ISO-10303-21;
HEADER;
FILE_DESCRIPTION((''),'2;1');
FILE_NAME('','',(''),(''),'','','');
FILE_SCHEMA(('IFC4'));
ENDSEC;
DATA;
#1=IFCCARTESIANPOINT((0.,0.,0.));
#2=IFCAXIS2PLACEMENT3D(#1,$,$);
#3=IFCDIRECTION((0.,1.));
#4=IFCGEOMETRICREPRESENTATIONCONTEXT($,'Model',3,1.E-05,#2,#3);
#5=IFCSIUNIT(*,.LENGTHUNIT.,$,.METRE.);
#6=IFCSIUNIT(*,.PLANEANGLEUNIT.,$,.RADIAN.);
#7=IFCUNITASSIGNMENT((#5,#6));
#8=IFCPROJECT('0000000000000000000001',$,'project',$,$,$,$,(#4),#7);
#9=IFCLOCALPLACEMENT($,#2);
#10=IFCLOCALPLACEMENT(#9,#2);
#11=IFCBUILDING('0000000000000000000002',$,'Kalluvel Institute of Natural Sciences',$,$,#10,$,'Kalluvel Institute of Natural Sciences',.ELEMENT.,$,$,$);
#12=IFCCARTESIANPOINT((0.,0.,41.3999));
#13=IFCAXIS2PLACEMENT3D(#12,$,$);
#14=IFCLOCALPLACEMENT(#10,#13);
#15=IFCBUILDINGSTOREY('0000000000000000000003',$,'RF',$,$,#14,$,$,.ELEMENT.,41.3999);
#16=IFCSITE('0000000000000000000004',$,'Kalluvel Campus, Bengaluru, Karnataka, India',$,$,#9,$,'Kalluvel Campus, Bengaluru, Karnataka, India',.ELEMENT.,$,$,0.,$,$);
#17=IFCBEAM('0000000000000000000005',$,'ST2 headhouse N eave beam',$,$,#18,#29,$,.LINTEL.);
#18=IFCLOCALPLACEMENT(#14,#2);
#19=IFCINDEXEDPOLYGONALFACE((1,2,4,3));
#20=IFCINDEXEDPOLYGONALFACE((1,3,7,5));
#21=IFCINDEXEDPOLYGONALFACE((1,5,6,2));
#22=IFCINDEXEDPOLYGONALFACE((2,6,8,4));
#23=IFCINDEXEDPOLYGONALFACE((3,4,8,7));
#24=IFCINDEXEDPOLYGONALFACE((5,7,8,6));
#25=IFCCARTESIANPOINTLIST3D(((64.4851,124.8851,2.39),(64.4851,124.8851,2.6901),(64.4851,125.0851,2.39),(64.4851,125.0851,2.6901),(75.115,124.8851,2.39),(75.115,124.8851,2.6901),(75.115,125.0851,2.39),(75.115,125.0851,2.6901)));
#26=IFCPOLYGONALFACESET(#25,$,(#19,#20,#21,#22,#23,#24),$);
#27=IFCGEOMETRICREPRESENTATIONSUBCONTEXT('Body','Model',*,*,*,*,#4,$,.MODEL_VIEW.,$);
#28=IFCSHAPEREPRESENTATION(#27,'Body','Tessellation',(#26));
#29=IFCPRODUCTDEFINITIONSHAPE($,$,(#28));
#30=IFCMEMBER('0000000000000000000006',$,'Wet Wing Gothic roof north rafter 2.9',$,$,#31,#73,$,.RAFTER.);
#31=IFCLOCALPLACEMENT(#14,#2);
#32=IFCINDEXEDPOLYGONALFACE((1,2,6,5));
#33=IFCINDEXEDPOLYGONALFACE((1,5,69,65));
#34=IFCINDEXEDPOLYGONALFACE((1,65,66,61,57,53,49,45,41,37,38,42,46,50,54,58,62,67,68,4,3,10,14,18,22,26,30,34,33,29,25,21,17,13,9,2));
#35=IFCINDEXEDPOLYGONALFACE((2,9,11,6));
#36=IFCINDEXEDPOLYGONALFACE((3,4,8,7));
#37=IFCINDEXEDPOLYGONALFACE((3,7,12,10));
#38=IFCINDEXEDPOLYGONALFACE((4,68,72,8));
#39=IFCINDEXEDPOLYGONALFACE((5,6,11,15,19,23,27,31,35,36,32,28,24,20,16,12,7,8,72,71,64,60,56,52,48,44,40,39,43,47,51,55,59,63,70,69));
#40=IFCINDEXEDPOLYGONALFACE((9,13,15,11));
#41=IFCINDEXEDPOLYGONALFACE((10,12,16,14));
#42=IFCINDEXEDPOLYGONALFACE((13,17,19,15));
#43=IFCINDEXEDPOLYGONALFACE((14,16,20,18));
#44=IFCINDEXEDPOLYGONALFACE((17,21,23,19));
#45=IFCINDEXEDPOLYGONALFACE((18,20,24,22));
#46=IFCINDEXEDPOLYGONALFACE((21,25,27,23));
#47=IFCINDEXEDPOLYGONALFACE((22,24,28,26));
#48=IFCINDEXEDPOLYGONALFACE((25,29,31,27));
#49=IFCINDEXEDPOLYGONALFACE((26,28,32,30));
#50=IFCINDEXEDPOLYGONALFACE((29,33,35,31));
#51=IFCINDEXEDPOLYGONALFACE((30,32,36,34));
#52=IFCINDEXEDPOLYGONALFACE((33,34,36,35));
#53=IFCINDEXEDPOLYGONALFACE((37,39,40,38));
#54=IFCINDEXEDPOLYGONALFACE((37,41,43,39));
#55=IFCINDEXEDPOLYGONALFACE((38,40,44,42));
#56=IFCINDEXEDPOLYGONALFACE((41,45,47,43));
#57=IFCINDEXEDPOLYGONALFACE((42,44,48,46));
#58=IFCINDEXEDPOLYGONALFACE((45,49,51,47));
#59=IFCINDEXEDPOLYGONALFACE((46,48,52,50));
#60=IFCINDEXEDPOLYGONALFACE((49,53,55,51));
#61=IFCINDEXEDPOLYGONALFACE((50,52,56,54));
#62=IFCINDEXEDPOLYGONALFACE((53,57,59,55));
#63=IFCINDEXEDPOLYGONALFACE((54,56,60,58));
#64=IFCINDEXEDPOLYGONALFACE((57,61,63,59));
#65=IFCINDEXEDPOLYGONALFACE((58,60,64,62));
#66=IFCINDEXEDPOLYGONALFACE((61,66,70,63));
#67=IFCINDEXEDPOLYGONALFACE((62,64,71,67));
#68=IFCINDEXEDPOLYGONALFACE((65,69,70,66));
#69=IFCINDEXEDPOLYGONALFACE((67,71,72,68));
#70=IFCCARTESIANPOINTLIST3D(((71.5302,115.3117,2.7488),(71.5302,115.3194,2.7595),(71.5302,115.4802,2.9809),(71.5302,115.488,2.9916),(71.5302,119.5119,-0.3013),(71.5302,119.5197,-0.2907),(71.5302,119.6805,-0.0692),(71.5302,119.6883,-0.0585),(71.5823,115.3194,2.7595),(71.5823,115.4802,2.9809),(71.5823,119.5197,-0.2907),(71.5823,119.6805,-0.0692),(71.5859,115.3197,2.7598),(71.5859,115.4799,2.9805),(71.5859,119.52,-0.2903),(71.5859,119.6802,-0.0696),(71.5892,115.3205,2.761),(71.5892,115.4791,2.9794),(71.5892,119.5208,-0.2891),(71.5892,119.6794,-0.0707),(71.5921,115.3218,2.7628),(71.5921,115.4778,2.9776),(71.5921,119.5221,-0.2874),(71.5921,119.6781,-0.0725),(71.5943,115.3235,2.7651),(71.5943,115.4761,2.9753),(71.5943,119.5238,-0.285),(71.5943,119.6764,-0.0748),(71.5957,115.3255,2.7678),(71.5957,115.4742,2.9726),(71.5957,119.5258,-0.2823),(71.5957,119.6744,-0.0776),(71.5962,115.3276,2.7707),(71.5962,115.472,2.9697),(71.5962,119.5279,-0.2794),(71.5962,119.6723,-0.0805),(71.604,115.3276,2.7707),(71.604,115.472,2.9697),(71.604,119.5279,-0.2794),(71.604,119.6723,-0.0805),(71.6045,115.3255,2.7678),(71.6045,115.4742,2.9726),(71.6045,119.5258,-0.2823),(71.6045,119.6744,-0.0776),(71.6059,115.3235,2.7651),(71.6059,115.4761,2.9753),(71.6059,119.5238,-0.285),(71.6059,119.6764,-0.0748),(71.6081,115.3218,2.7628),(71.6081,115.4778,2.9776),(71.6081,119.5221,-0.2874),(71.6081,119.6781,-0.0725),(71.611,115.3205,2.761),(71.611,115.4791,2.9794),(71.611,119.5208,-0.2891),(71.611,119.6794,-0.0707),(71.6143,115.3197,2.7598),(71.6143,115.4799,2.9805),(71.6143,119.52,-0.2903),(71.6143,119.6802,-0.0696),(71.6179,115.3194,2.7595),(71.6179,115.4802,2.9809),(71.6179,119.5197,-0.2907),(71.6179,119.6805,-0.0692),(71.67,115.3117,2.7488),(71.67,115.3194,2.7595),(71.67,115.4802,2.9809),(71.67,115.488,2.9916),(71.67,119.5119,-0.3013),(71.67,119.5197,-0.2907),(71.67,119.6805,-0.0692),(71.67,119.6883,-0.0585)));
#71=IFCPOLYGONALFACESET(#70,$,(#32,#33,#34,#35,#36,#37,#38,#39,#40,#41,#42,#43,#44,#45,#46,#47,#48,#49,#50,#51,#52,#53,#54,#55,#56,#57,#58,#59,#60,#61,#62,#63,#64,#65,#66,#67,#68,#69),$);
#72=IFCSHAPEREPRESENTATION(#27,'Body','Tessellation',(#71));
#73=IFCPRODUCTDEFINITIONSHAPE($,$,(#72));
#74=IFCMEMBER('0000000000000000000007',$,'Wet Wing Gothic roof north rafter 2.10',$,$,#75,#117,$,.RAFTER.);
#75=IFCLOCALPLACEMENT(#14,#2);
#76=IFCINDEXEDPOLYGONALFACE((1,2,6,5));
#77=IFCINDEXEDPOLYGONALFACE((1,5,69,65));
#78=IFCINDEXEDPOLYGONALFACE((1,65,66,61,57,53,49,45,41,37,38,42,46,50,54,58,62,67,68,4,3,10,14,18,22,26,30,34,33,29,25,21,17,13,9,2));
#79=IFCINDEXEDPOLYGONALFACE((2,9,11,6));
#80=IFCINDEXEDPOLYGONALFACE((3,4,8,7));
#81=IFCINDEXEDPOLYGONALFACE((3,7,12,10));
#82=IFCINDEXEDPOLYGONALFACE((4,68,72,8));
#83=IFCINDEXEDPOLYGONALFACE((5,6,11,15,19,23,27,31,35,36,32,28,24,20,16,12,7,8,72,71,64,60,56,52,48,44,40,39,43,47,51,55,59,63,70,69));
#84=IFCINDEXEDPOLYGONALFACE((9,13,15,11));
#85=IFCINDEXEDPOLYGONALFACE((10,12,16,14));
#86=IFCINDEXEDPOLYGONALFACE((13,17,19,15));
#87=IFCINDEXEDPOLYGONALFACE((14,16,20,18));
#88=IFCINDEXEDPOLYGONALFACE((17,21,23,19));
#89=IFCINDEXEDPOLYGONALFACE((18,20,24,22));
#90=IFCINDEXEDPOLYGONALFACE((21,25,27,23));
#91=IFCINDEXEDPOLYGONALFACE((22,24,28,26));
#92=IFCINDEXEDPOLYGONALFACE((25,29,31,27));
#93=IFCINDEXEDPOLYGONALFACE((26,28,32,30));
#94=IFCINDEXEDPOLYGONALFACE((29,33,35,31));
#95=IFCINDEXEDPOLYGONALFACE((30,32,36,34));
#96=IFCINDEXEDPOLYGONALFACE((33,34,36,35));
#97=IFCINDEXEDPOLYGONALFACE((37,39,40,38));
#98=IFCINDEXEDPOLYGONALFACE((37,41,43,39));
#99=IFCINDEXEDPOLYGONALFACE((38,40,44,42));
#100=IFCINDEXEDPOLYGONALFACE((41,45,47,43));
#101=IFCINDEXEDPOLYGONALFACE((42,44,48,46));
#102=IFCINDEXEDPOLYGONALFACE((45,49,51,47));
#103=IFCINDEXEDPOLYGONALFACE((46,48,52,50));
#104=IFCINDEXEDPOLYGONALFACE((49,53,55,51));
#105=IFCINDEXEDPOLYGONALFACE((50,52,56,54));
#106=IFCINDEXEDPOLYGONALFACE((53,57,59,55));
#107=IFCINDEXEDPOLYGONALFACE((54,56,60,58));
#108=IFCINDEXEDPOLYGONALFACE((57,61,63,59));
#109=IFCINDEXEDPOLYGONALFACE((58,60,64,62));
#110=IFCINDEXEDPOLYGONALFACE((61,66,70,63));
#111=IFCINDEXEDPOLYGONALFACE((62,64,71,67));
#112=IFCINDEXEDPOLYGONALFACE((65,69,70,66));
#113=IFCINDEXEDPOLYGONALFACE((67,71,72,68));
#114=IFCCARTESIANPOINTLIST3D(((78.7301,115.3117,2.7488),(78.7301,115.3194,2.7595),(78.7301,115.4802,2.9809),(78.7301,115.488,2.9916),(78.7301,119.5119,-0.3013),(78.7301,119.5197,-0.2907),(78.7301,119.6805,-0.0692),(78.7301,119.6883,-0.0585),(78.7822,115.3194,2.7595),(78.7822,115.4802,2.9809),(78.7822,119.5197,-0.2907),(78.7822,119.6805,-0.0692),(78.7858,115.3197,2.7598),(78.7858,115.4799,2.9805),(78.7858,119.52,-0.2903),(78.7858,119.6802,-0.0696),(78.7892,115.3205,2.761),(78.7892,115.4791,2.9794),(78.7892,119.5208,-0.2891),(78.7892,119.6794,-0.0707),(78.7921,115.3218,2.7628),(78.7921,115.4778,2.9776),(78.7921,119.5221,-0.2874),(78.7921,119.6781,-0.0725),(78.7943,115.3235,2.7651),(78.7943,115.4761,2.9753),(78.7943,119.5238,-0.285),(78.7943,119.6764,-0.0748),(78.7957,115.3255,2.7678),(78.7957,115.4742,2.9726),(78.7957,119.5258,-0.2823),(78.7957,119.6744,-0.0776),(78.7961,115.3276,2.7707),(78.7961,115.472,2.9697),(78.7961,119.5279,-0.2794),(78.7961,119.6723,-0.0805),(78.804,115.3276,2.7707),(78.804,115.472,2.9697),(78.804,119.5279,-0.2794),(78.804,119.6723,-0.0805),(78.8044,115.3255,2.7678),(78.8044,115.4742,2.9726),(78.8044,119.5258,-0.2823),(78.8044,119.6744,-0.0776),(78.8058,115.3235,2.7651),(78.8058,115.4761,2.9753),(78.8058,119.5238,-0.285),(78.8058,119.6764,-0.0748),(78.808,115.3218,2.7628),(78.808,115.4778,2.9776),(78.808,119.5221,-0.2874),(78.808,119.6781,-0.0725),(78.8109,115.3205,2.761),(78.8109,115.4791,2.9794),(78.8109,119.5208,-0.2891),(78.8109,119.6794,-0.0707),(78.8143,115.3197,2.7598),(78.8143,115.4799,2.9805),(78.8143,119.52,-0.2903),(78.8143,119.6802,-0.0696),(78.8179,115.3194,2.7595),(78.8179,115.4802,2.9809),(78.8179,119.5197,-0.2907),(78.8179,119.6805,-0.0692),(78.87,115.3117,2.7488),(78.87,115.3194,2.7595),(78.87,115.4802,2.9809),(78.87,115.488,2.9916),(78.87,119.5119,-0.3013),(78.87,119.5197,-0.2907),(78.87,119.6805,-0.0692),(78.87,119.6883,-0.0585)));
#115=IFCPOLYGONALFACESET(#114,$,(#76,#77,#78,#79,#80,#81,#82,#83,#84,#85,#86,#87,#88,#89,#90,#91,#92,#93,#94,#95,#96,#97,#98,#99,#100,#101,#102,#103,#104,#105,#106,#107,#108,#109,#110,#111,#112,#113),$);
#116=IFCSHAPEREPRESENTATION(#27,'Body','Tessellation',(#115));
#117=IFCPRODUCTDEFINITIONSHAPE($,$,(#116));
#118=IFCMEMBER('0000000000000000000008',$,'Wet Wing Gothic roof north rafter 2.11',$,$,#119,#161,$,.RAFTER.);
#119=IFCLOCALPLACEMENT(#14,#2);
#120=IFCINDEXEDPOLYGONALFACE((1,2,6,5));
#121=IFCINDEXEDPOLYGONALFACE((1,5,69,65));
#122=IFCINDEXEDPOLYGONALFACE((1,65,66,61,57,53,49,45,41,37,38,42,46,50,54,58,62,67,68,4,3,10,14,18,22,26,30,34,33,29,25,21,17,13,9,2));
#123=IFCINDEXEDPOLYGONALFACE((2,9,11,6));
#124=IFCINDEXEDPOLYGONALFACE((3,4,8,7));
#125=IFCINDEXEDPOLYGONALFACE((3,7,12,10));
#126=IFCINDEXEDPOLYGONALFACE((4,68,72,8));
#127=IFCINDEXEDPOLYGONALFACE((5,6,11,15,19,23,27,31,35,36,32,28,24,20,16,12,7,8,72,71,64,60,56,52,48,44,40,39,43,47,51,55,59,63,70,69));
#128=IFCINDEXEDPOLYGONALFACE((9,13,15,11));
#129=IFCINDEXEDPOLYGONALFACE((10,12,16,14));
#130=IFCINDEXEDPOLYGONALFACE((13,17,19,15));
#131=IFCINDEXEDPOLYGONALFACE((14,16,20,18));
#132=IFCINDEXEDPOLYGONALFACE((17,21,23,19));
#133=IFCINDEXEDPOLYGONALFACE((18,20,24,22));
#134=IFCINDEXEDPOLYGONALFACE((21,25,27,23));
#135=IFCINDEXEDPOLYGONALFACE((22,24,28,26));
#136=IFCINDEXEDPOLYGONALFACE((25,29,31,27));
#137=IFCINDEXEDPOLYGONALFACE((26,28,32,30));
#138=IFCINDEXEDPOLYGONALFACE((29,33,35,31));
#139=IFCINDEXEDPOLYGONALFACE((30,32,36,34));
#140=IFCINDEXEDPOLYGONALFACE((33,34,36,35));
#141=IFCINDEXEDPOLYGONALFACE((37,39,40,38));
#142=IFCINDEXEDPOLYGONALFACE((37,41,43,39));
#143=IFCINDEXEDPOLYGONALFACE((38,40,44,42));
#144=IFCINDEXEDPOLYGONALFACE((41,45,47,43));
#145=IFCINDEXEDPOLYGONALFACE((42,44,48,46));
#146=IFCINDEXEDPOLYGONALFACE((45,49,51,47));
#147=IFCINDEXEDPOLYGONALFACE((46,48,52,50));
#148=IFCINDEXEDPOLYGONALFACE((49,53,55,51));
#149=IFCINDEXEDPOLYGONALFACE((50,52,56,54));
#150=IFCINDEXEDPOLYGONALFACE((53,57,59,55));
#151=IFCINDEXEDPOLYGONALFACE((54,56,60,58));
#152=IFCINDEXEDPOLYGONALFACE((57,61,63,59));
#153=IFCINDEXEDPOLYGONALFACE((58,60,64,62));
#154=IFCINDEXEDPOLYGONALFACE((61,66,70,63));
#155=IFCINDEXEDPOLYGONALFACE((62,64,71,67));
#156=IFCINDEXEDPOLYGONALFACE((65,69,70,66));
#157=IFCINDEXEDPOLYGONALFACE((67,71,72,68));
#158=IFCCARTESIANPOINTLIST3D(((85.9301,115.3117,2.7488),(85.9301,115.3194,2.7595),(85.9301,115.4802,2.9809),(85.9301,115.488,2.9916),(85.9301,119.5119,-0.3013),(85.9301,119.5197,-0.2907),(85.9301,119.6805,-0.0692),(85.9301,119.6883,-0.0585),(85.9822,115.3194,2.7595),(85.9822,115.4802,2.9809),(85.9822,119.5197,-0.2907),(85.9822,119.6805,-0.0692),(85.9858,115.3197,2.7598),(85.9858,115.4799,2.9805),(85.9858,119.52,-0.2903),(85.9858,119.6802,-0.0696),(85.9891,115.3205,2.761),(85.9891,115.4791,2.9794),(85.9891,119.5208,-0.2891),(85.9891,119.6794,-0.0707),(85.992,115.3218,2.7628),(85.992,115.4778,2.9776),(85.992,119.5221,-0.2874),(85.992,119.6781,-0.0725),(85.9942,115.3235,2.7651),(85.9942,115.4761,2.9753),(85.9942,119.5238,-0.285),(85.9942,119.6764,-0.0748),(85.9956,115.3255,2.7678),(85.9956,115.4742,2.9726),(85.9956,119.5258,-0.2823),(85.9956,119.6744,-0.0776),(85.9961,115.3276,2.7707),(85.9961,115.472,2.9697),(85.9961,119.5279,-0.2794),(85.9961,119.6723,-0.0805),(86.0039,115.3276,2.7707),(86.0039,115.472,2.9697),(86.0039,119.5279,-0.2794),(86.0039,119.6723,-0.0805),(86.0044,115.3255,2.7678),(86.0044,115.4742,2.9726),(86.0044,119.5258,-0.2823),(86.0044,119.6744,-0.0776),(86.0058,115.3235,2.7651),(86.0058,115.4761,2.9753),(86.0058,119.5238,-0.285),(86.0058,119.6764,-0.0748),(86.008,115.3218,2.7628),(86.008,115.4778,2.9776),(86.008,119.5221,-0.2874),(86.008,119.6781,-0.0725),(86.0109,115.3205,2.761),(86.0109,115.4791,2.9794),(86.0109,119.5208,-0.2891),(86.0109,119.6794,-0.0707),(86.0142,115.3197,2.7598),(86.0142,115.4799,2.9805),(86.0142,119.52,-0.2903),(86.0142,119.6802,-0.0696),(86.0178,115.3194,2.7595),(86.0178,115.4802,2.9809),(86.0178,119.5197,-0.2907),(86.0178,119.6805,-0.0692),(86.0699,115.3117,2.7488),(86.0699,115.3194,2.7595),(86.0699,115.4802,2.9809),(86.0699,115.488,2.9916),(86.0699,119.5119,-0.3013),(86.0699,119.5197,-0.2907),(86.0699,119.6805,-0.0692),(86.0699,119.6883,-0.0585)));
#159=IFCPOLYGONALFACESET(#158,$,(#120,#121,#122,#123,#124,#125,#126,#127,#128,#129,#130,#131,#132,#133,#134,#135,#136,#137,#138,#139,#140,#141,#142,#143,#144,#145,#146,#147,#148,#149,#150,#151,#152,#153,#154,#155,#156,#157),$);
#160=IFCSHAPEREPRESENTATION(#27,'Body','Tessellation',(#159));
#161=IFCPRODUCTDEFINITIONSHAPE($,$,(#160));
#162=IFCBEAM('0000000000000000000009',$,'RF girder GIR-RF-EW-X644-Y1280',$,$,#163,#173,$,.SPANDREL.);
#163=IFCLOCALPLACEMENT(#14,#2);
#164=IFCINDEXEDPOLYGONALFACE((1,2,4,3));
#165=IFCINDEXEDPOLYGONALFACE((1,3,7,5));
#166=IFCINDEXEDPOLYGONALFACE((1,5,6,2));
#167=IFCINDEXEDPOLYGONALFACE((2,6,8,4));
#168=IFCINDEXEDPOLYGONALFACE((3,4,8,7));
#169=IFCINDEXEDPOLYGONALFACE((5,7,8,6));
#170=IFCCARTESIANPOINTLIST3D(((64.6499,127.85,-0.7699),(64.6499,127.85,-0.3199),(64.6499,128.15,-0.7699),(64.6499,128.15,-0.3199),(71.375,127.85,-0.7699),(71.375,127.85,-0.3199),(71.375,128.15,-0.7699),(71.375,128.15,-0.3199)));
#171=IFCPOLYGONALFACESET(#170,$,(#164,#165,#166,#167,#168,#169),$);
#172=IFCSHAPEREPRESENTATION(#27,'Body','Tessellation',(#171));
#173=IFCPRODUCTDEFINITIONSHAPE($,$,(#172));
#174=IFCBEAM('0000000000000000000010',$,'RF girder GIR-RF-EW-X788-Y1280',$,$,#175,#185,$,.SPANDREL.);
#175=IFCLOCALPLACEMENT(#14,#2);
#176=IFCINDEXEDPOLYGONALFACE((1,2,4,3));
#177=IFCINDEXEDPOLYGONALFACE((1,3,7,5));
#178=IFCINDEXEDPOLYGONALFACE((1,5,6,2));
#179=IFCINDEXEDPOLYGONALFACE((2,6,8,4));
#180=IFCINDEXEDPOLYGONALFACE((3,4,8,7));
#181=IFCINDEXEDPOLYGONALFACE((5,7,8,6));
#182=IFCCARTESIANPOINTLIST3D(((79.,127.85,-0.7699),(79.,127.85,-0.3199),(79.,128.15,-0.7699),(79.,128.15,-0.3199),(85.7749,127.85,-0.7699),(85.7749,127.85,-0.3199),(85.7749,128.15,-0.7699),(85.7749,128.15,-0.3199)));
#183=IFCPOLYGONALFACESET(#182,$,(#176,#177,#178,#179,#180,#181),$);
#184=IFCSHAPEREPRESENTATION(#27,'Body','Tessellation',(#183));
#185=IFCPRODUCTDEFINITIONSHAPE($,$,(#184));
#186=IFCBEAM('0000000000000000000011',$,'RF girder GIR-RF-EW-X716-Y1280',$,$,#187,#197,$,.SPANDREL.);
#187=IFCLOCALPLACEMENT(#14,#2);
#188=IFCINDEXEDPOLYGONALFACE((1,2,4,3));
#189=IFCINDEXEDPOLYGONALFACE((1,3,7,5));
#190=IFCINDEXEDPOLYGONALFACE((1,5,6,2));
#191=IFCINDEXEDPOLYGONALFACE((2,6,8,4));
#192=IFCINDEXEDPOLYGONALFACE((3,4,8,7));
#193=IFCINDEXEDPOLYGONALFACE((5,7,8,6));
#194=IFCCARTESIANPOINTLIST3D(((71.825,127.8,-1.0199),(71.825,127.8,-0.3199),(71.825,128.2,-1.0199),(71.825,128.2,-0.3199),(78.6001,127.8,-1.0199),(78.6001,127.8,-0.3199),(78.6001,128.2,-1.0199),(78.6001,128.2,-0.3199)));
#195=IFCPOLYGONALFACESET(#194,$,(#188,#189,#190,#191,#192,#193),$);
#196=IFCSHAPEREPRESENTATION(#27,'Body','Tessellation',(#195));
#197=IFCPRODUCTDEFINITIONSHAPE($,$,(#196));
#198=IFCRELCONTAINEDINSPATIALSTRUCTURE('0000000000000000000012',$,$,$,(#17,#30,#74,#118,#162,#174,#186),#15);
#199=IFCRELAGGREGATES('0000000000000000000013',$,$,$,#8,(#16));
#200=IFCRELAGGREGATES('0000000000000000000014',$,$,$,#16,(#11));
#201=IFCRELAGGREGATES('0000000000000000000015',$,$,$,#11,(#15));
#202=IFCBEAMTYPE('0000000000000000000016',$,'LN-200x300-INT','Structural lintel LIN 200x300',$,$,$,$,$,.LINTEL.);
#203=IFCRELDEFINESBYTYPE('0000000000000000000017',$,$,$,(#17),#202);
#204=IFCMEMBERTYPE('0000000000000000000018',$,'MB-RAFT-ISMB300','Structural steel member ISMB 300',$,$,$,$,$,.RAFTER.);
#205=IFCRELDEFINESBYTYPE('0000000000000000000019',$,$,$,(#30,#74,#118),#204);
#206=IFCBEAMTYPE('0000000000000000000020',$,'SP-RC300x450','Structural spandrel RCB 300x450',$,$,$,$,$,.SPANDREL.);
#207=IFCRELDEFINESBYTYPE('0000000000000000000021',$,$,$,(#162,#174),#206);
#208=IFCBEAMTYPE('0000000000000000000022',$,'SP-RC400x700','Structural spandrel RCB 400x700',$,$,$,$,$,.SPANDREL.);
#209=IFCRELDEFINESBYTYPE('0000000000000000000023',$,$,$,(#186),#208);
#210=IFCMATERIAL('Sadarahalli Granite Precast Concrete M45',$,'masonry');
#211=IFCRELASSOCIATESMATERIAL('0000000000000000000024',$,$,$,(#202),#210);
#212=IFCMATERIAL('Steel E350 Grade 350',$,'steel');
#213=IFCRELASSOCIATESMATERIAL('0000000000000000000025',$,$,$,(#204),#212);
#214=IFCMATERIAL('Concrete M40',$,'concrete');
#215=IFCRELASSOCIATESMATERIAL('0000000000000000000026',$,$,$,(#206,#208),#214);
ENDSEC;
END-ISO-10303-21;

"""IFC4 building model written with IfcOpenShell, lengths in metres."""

from ifc_helpers import new_model, si_unit, direction, frame, origin, origin_2d, place, context, subcontext, project, spatial, rectangle, i_section, extrude, material, material_profile, profile_set, type_object, element, save


model = new_model("IFC4")

# Units and contexts
model_context = context("Model", 3, precision=1e-05, world=origin(), true_north=direction((0.0, 1.0)))
body_context = subcontext(model_context, "Body", "Model", "MODEL_VIEW")
ifc_project = project(units=[si_unit("LENGTHUNIT", "METRE"), si_unit("PLANEANGLEUNIT", "RADIAN")], contexts=[model_context])

# Site, building, storey
site_placement = place(None, origin())
site = spatial("IfcSite", under=ifc_project, at=site_placement, Name="Kalluvel Campus, Bengaluru, Karnataka, India", LongName="Kalluvel Campus, Bengaluru, Karnataka, India", CompositionType="ELEMENT", RefElevation=0.0)
building_placement = place(site_placement, origin())
building = spatial("IfcBuilding", under=site, at=building_placement, Name="Kalluvel Institute of Natural Sciences", LongName="Kalluvel Institute of Natural Sciences", CompositionType="ELEMENT")
storey_placement = place(building_placement, frame((0.0, 0.0, 41.3999)))
storey = spatial("IfcBuildingStorey", under=building, at=storey_placement, Name="RF", CompositionType="ELEMENT", Elevation=41.3999)

# Beam
ifc_material_1 = material(Name="Steel E350 Grade 350", Category="steel")
ifc_material_2 = material(Name="Concrete M40", Category="concrete")
ifc_material_3 = material(Name="Sadarahalli Granite Precast Concrete M45", Category="masonry")
ifc_material_profile_1 = material_profile(ifc_material_3, rectangle(XDim=0.2, YDim=0.3, at=origin_2d()), Name="LIN 200x300")
ifc_profile_set_1 = profile_set([ifc_material_profile_1], Name="Sadarahalli Granite Precast Concrete M45")
beam_type_1 = type_object("IfcBeamType", Name="LN-200x300-INT", Description="Structural lintel LIN 200x300", PredefinedType="LINTEL", material=ifc_profile_set_1)
beam_1_placement = place(storey_placement, frame((64.4851, 124.9851, 2.54), z_axis=(1.0, 0.0, 0.0), x_axis=(0.0, 1.0, 0.0)))
element("IfcBeam", 1, at=beam_1_placement, inside=storey, type_object=beam_type_1, Name="ST2 headhouse N eave beam", PredefinedType="LINTEL", context=body_context, shape_type="SweptSolid", body=[
    extrude(rectangle(XDim=0.2, YDim=0.3, at=origin_2d()), origin(), (0.0, 0.0, 1.0), 10.6299),
])

# Members
ifc_material_profile_2 = material_profile(ifc_material_1, i_section(OverallWidth=0.1399, OverallDepth=0.3, WebThickness=0.0078, FlangeThickness=0.0132, FilletRadius=0.0139, at=origin_2d()), Name="ISMB 300")
ifc_profile_set_2 = profile_set([ifc_material_profile_2], Name="Steel E350 Grade 350")
member_type = type_object("IfcMemberType", Name="MB-RAFT-ISMB300", Description="Structural steel member ISMB 300", PredefinedType="RAFTER", material=ifc_profile_set_2)
for number, where, z_axis, x_axis, name in (
    (2, (71.6001, 119.6001, -0.1799), (0.0, -0.809161, 0.587587), (1.0, 0.0, 0.0), "Wet Wing Gothic roof north rafter 2.9"),
    (3, (78.8, 119.6001, -0.1799), (0.0, -0.809161, 0.587587), (1.0, 0.0, 0.0), "Wet Wing Gothic roof north rafter 2.10"),
    (4, (86.0, 119.6001, -0.1799), (0.0, -0.809161, 0.587587), (1.0, 0.0, 0.0), "Wet Wing Gothic roof north rafter 2.11"),
):
    element("IfcMember", number, at=place(storey_placement, frame(where, z_axis=z_axis, x_axis=x_axis)), inside=storey, type_object=member_type, Name=name, PredefinedType="RAFTER", context=body_context, shape_type="SweptSolid", body=[
        extrude(i_section(OverallWidth=0.1399, OverallDepth=0.3, WebThickness=0.0078, FlangeThickness=0.0132, FilletRadius=0.0139, at=origin_2d()), origin(), (0.0, 0.0, 1.0), 5.1909),
    ])

# Beams
ifc_material_profile_3 = material_profile(ifc_material_2, rectangle(XDim=0.3, YDim=0.45, at=origin_2d()), Name="RCB 300x450")
ifc_profile_set_3 = profile_set([ifc_material_profile_3], Name="Concrete M40")
beam_type_2 = type_object("IfcBeamType", Name="SP-RC300x450", Description="Structural spandrel RCB 300x450", PredefinedType="SPANDREL", material=ifc_profile_set_3)
beam_2_placement = place(storey_placement, frame((64.6499, 128.0, -0.5449), z_axis=(1.0, 0.0, 0.0), x_axis=(0.0, 1.0, 0.0)))
element("IfcBeam", 5, at=beam_2_placement, inside=storey, type_object=beam_type_2, Name="RF girder GIR-RF-EW-X644-Y1280", PredefinedType="SPANDREL", context=body_context, shape_type="SweptSolid", body=[
    extrude(rectangle(XDim=0.3, YDim=0.45, at=origin_2d()), origin(), (0.0, 0.0, 1.0), 6.7251),
])
beam_3_placement = place(storey_placement, frame((79.0, 128.0, -0.5449), z_axis=(1.0, 0.0, 0.0), x_axis=(0.0, 1.0, 0.0)))
element("IfcBeam", 6, at=beam_3_placement, inside=storey, type_object=beam_type_2, Name="RF girder GIR-RF-EW-X788-Y1280", PredefinedType="SPANDREL", context=body_context, shape_type="SweptSolid", body=[
    extrude(rectangle(XDim=0.3, YDim=0.45, at=origin_2d()), origin(), (0.0, 0.0, 1.0), 6.7749),
])
ifc_material_profile_4 = material_profile(ifc_material_2, rectangle(XDim=0.3999, YDim=0.7, at=origin_2d()), Name="RCB 400x700")
ifc_profile_set_4 = profile_set([ifc_material_profile_4], Name="Concrete M40")
beam_type_3 = type_object("IfcBeamType", Name="SP-RC400x700", Description="Structural spandrel RCB 400x700", PredefinedType="SPANDREL", material=ifc_profile_set_4)
beam_4_placement = place(storey_placement, frame((71.825, 128.0, -0.6699), z_axis=(1.0, 0.0, 0.0), x_axis=(0.0, 1.0, 0.0)))
element("IfcBeam", 7, at=beam_4_placement, inside=storey, type_object=beam_type_3, Name="RF girder GIR-RF-EW-X716-Y1280", PredefinedType="SPANDREL", context=body_context, shape_type="SweptSolid", body=[
    extrude(rectangle(XDim=0.3999, YDim=0.7, at=origin_2d()), origin(), (0.0, 0.0, 1.0), 6.7751),
])

save(model, "model.ifc")
